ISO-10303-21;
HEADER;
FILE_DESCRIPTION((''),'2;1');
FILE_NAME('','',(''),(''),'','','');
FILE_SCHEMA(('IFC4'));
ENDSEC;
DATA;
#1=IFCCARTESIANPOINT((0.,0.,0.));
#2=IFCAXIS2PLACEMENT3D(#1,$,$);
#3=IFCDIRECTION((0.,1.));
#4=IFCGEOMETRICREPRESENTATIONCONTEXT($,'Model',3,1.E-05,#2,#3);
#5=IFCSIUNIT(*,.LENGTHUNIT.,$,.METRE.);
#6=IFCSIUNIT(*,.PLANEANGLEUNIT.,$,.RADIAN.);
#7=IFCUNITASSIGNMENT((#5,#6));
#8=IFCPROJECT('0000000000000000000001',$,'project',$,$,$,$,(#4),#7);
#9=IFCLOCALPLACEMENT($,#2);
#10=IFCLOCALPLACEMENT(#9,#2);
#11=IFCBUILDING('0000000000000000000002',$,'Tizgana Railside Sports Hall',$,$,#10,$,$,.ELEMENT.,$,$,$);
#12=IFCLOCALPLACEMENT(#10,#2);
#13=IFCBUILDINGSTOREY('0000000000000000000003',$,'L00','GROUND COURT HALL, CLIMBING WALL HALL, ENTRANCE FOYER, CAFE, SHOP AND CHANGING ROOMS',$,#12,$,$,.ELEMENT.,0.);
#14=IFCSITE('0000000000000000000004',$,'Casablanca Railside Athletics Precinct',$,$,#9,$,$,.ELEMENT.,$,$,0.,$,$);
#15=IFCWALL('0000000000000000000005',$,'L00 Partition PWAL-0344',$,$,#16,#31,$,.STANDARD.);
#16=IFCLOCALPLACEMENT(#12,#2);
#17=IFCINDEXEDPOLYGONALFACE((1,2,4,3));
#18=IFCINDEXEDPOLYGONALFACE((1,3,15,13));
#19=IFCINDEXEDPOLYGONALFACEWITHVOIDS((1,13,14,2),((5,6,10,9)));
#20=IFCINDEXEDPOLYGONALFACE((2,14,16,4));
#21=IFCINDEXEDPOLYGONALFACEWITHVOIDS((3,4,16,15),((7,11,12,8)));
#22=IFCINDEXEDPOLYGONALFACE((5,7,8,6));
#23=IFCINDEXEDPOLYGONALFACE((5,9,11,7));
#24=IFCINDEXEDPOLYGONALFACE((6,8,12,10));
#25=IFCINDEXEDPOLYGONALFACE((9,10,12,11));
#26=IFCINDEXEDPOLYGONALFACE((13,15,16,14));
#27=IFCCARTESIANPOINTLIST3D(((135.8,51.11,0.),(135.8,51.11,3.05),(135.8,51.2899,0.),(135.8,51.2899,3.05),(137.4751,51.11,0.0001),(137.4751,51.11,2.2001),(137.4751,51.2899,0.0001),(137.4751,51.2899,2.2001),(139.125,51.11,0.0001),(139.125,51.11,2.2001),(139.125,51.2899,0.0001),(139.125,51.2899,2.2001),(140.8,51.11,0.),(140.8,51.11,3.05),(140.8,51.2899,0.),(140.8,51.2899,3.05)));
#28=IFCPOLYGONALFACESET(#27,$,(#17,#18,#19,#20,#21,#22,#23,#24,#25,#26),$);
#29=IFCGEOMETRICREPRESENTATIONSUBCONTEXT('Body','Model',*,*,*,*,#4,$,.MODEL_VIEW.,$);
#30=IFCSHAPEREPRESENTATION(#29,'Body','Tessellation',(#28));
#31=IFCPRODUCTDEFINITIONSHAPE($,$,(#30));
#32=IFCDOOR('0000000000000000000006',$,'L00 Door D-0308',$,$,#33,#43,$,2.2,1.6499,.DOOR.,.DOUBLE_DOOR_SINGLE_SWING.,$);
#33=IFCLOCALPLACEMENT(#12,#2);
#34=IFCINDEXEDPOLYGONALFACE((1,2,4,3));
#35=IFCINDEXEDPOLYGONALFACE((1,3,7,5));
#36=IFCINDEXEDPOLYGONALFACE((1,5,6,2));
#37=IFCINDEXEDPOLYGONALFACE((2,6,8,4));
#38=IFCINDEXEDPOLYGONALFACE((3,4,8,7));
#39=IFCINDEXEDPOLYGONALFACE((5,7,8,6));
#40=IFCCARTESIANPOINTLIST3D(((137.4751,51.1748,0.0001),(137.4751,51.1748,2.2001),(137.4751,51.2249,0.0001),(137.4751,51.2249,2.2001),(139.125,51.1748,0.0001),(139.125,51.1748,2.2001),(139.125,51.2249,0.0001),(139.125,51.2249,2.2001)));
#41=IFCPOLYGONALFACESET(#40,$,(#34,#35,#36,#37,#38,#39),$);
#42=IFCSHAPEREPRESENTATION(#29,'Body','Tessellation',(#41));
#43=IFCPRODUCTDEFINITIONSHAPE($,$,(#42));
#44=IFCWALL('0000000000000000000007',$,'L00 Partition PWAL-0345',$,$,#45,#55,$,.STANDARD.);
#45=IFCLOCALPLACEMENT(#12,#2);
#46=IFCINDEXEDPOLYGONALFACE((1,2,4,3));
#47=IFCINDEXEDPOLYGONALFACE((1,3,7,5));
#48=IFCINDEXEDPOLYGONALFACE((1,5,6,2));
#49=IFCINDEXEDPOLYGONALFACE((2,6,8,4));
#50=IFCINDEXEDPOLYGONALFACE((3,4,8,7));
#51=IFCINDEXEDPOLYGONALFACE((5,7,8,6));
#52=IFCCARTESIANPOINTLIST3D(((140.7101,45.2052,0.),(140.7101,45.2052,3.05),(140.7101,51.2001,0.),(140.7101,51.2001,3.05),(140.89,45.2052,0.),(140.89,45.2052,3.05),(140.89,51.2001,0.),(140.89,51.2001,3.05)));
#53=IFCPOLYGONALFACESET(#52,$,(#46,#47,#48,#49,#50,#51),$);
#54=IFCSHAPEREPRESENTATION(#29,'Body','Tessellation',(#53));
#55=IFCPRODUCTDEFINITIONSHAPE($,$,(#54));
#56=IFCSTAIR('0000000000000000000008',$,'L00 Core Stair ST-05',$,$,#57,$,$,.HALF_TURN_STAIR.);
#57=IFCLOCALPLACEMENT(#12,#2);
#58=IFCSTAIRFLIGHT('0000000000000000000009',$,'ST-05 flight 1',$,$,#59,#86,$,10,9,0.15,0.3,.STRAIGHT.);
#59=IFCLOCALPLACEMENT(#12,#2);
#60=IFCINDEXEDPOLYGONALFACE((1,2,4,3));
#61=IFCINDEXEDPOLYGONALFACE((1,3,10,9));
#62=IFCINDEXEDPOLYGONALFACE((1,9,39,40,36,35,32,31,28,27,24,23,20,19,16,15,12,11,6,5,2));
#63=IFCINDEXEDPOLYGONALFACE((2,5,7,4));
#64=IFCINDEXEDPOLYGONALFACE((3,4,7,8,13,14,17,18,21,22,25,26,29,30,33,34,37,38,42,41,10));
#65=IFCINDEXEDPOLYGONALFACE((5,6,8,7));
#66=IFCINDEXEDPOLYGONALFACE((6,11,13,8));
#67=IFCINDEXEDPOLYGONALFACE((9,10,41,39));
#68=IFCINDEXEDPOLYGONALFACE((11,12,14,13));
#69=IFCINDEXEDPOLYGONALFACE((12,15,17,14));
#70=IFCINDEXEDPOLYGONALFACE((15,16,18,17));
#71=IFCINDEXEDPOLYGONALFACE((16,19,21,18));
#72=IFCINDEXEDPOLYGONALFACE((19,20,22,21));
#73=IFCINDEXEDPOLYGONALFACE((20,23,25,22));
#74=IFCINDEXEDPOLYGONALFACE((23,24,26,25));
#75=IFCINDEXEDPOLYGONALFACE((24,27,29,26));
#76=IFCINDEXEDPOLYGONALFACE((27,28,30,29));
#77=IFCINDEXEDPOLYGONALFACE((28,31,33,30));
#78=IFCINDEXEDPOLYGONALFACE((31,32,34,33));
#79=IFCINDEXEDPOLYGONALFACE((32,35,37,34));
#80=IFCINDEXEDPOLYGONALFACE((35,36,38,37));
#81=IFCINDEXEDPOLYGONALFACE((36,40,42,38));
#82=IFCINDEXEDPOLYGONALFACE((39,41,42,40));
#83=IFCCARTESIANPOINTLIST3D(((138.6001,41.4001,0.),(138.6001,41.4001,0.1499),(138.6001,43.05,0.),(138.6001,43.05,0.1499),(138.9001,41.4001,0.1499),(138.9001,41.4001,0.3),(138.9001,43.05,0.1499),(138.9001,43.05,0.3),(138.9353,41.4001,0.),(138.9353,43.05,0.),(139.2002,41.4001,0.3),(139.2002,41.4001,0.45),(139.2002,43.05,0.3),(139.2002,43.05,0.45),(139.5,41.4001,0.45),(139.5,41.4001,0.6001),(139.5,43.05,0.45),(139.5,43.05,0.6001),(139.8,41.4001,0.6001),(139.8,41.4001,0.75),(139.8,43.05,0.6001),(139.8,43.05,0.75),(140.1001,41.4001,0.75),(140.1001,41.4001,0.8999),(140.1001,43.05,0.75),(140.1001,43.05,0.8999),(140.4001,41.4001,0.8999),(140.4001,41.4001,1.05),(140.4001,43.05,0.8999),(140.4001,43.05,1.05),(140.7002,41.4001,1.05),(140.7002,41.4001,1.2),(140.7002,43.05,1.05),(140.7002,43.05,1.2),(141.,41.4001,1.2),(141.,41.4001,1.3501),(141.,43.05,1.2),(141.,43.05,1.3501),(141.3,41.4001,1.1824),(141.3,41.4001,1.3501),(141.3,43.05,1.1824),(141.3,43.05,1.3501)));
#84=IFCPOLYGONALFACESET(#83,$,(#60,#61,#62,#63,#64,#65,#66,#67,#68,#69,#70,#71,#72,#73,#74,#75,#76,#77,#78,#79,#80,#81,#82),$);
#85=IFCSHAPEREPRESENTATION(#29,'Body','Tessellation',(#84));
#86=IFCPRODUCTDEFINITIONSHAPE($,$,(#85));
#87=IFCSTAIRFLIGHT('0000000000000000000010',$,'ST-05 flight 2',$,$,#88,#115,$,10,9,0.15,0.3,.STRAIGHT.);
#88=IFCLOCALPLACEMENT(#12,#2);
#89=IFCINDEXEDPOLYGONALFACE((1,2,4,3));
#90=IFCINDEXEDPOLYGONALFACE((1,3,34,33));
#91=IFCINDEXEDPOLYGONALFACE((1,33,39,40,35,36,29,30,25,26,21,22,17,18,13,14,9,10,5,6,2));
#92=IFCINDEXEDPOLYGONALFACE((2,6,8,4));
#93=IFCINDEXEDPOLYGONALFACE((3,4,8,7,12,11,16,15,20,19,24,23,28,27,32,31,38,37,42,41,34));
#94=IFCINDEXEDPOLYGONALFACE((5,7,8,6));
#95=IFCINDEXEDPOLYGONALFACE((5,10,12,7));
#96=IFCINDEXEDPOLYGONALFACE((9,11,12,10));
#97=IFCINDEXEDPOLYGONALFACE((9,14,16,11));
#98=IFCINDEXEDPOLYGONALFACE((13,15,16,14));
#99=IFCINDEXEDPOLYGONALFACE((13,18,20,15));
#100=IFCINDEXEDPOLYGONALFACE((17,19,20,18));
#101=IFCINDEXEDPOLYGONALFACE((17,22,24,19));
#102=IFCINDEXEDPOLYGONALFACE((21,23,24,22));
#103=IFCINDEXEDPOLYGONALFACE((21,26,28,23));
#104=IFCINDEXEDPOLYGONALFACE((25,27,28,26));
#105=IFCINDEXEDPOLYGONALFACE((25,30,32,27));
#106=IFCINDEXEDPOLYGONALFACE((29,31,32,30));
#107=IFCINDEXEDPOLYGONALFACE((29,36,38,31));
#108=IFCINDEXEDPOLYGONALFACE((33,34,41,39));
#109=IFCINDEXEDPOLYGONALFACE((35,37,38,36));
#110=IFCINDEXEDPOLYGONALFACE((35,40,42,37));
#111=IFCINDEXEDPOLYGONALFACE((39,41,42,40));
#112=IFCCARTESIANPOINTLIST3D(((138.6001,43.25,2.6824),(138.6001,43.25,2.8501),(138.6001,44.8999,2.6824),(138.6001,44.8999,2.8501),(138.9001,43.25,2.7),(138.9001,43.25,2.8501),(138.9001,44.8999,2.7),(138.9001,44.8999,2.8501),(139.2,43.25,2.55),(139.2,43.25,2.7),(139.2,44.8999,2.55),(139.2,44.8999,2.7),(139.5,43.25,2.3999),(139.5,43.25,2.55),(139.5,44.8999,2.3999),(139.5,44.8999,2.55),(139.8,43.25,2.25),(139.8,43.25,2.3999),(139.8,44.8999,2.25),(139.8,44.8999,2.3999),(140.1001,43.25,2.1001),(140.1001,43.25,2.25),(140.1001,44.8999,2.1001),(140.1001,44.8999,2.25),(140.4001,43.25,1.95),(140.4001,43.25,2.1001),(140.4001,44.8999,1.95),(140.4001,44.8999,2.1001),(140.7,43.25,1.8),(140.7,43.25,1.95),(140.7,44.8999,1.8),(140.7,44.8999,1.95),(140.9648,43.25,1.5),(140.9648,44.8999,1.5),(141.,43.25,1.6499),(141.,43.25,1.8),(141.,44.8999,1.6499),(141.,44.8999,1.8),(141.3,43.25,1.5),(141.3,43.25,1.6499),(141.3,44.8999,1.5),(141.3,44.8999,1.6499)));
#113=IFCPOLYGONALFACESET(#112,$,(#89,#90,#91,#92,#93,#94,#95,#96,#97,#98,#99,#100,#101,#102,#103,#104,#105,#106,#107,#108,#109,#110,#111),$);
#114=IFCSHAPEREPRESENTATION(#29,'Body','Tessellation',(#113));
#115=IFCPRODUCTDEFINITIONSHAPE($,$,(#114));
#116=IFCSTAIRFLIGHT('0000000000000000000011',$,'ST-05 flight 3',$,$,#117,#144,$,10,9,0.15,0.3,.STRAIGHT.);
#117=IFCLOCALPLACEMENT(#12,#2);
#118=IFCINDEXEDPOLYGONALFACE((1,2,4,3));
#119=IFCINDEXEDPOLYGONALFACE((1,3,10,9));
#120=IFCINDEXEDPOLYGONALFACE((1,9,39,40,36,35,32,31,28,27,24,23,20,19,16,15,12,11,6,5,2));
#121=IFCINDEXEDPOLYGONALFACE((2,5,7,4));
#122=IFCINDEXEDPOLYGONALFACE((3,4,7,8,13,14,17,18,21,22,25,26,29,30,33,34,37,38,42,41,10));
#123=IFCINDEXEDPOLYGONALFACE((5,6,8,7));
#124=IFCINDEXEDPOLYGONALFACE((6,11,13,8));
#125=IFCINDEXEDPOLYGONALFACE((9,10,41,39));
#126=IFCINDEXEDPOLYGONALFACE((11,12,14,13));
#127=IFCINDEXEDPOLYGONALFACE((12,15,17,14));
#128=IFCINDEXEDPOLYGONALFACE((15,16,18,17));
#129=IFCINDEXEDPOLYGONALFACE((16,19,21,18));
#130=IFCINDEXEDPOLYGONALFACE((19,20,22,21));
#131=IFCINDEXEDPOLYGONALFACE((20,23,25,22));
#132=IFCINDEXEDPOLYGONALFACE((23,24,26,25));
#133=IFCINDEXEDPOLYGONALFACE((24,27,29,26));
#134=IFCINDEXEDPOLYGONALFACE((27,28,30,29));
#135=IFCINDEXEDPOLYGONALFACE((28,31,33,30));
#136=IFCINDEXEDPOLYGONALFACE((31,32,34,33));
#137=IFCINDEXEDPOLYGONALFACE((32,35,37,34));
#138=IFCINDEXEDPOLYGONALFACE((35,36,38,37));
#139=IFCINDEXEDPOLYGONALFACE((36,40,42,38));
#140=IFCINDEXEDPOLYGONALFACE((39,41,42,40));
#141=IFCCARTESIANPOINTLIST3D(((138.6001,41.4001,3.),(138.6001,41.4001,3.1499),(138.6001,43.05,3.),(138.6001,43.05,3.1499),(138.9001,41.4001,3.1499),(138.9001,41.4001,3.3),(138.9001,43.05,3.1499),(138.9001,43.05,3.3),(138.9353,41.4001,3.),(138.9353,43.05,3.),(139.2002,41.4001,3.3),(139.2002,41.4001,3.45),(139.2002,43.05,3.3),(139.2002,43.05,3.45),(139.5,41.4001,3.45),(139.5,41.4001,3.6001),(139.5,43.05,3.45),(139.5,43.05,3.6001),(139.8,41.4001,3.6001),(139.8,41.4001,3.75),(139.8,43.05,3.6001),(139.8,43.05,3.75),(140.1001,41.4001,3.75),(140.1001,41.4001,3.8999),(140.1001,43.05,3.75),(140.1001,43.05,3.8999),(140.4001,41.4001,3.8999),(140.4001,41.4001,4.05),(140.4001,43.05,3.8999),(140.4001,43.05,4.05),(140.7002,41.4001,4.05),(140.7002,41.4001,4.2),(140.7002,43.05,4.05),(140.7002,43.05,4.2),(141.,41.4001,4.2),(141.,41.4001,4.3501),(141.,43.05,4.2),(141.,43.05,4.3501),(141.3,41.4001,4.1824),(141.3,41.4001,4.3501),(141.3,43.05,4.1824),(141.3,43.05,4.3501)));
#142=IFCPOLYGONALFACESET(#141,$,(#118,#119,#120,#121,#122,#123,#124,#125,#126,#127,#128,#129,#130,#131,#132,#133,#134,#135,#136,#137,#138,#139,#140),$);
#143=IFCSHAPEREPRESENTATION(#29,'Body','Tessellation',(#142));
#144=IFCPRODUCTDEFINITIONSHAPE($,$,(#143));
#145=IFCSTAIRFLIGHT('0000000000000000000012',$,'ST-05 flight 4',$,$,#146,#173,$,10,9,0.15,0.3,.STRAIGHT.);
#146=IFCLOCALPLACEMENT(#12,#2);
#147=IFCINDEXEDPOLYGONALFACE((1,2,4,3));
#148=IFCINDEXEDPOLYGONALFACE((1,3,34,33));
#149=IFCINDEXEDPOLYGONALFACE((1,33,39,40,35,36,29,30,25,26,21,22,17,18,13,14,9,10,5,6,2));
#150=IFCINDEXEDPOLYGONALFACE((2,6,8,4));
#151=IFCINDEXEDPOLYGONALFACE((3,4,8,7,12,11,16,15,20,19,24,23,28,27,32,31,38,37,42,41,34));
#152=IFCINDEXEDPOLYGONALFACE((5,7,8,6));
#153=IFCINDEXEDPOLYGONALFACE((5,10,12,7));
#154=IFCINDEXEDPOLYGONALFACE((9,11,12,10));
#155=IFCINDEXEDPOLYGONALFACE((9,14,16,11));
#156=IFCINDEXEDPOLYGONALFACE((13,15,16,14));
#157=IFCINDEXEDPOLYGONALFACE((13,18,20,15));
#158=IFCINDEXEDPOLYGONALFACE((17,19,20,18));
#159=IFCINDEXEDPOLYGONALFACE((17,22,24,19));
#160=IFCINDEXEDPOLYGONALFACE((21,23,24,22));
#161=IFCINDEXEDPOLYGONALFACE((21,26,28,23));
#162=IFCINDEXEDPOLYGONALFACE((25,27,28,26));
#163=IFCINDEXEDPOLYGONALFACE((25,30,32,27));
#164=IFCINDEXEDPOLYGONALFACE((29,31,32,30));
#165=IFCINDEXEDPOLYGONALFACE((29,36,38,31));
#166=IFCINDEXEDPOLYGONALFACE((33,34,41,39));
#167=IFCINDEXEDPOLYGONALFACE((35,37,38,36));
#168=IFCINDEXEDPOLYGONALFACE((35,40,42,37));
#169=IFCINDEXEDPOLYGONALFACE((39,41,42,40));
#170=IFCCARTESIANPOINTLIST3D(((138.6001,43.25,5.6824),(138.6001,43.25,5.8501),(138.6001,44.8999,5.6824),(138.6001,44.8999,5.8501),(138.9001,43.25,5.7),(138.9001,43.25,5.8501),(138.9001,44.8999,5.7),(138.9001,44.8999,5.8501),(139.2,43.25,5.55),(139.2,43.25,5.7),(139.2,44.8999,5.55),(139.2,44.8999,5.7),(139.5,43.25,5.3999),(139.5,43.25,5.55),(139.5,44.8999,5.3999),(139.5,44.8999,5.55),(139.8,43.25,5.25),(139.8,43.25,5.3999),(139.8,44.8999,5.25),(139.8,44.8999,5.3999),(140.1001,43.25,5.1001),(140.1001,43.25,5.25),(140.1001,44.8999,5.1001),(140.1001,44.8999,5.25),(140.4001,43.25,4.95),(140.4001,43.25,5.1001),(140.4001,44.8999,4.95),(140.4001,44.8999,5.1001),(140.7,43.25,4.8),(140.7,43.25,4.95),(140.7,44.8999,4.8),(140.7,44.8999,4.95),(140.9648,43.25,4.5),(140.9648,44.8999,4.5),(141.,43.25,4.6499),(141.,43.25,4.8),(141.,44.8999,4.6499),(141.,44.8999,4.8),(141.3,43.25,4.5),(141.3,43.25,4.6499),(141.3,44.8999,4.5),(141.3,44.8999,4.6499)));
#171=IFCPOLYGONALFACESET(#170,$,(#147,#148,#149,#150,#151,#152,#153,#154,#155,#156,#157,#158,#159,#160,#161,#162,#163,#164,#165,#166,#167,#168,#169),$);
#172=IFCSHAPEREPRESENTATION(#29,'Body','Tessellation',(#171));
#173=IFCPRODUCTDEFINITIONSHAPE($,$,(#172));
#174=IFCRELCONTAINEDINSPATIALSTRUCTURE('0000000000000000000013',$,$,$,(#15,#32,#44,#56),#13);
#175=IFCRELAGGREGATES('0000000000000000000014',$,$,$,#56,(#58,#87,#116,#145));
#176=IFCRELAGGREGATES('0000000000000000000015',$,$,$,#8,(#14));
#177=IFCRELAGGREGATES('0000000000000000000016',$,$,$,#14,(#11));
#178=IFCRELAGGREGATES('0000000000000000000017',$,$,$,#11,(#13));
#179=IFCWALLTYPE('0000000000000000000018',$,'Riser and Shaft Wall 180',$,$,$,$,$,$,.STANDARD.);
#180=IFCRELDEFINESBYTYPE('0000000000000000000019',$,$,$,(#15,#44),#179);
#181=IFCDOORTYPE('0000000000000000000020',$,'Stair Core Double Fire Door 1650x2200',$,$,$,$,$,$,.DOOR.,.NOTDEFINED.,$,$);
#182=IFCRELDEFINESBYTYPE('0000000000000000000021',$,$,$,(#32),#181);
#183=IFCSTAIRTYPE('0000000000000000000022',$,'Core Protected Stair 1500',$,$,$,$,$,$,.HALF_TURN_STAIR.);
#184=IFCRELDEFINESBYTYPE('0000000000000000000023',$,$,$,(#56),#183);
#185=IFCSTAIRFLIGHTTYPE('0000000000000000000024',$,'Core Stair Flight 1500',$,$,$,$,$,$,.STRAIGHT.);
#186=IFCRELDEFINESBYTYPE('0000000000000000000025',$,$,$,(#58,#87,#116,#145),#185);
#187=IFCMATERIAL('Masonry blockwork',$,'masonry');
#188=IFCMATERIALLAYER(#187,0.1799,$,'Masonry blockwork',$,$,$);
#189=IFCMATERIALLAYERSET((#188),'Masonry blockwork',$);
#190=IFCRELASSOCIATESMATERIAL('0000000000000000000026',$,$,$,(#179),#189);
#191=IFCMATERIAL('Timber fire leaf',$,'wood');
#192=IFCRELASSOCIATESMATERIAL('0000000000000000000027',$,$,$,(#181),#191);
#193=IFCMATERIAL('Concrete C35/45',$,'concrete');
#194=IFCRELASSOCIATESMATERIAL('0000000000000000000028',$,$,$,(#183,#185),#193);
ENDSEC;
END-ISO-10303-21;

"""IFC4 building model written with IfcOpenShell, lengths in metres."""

from ifc_helpers import new_model, si_unit, direction, frame, frame_2d, origin, place, context, subcontext, project, spatial, polyline, rectangle, outline, extrude, material, layer, layer_set, type_object, element, fill, aggregate, save


model = new_model("IFC4")

# Units and contexts
model_context = context("Model", 3, precision=1e-05, world=origin(), true_north=direction((0.0, 1.0)))
body_context = subcontext(model_context, "Body", "Model", "MODEL_VIEW")
ifc_project = project(units=[si_unit("LENGTHUNIT", "METRE"), si_unit("PLANEANGLEUNIT", "RADIAN")], contexts=[model_context])

# Site, building, storey
site_placement = place(None, origin())
site = spatial("IfcSite", under=ifc_project, at=site_placement, Name="Casablanca Railside Athletics Precinct", CompositionType="ELEMENT", RefElevation=0.0)
building_placement = place(site_placement, origin())
building = spatial("IfcBuilding", under=site, at=building_placement, Name="Tizgana Railside Sports Hall", CompositionType="ELEMENT")
storey_placement = place(building_placement, origin())
storey = spatial("IfcBuildingStorey", under=building, at=storey_placement, Name="L00", Description="GROUND COURT HALL, CLIMBING WALL HALL, ENTRANCE FOYER, CAFE, SHOP AND CHANGING ROOMS", CompositionType="ELEMENT", Elevation=0.0)

# Wall, opening, door
ifc_material_1 = material(Name="Masonry blockwork", Category="masonry")
ifc_layer_1 = layer(ifc_material_1, 0.1799, Name="Masonry blockwork")
ifc_layer_set_1 = layer_set([ifc_layer_1], Name="Masonry blockwork")
wall_type_1 = type_object("IfcWallType", Name="Riser and Shaft Wall 180", PredefinedType="STANDARD", material=ifc_layer_set_1)
wall_1_placement = place(storey_placement, frame((135.8, 51.2, 0.0), z_axis=(0.0, 0.0, 1.0), x_axis=(1.0, 0.0, 0.0)))
wall_1 = element("IfcWall", 1, at=wall_1_placement, inside=storey, type_object=wall_type_1, Name="L00 Partition PWAL-0344", PredefinedType="STANDARD", context=body_context, shape_type="SweptSolid", body=[
    extrude(rectangle(XDim=5.0, YDim=0.1799, at=frame_2d((2.5, 0.0))), origin(), (0.0, 0.0, 1.0), 3.05),
])
opening_1_placement = place(wall_1_placement, frame((1.675, 0.0, 0.0)))
opening_1 = element("IfcOpeningElement", 2, at=opening_1_placement, cuts=wall_1, PredefinedType="OPENING", context=body_context, shape_type="SweptSolid", body=[
    extrude(rectangle(XDim=1.6499, YDim=2.2, at=frame_2d((0.825, 1.1001))), frame((0.0, 0.0999, 0.0), z_axis=(0.0, -1.0, 0.0), x_axis=(1.0, 0.0, 0.0)), (0.0, 0.0, 1.0), 0.2),
])
ifc_material_2 = material(Name="Timber fire leaf", Category="wood")
door_type_1 = type_object("IfcDoorType", Name="Stair Core Double Fire Door 1650x2200", OperationType="NOTDEFINED", PredefinedType="DOOR", material=ifc_material_2)
door_1_placement = place(opening_1_placement, origin())
door_1 = element("IfcDoor", 3, at=door_1_placement, inside=storey, type_object=door_type_1, Name="L00 Door D-0308", OperationType="DOUBLE_DOOR_SINGLE_SWING", OverallHeight=2.2, OverallWidth=1.6499, PredefinedType="DOOR", context=body_context, shape_type="SweptSolid", body=[
    extrude(rectangle(XDim=1.6499, YDim=2.2, at=frame_2d((0.825, 1.1001))), frame((0.0, 0.0249, 0.0), z_axis=(0.0, -1.0, 0.0), x_axis=(1.0, 0.0, 0.0)), (0.0, 0.0, 1.0), 0.05),
])
fill(opening_1, door_1)

# Wall
wall_2_placement = place(storey_placement, frame((140.8, 45.2051, 0.0), z_axis=(0.0, 0.0, 1.0), x_axis=(0.0, 1.0, 0.0)))
element("IfcWall", 4, at=wall_2_placement, inside=storey, type_object=wall_type_1, Name="L00 Partition PWAL-0345", PredefinedType="STANDARD", context=body_context, shape_type="SweptSolid", body=[
    extrude(rectangle(XDim=5.9949, YDim=0.1799, at=frame_2d((2.9976, 0.0))), origin(), (0.0, 0.0, 1.0), 3.05),
])

# Stair, stair flights
ifc_material_3 = material(Name="Concrete C35/45", Category="concrete")
stair_type = type_object("IfcStairType", Name="Core Protected Stair 1500", PredefinedType="HALF_TURN_STAIR", material=ifc_material_3)
stair_placement = place(storey_placement, origin())
stair = element("IfcStair", 5, at=stair_placement, inside=storey, type_object=stair_type, Name="L00 Core Stair ST-05", PredefinedType="HALF_TURN_STAIR")
stair_flight_type = type_object("IfcStairFlightType", Name="Core Stair Flight 1500", PredefinedType="STRAIGHT", material=ifc_material_3)
stair_flight_1_placement = place(storey_placement, frame((138.6001, 42.2251, 0.0), z_axis=(0.0, 0.0, 1.0), x_axis=(1.0, 0.0, 0.0)))
stair_flight_1 = element("IfcStairFlight", 6, at=stair_flight_1_placement, type_object=stair_flight_type, Name="ST-05 flight 1", NumberOfRisers=10, NumberOfTreads=9, PredefinedType="STRAIGHT", RiserHeight=0.15, TreadLength=0.3, context=body_context, shape_type="SweptSolid", body=[
    extrude(outline(polyline([(0.0, 0.0), (0.0, 0.1499), (0.3, 0.1499), (0.3, 0.3), (0.6001, 0.3), (0.6001, 0.45), (0.8999, 0.45), (0.8999, 0.6001), (1.2, 0.6001), (1.2, 0.75), (1.5, 0.75), (1.5, 0.8999), (1.8, 0.8999), (1.8, 1.05), (2.1001, 1.05), (2.1001, 1.2), (2.3999, 1.2), (2.3999, 1.3501), (2.7, 1.3501), (2.7, 1.5), (2.7, 1.1824), (0.3352, 0.0), (0.0, 0.0)])), frame((0.0, 0.825, 0.0), z_axis=(0.0, -1.0, 0.0), x_axis=(1.0, 0.0, 0.0)), (0.0, 0.0, 1.0), 1.6499),
])
stair_flight_2_placement = place(storey_placement, frame((141.3, 44.075, 1.5), z_axis=(0.0, 0.0, 1.0), x_axis=(-1.0, 0.0, 0.0)))
stair_flight_2 = element("IfcStairFlight", 7, at=stair_flight_2_placement, type_object=stair_flight_type, Name="ST-05 flight 2", NumberOfRisers=10, NumberOfTreads=9, PredefinedType="STRAIGHT", RiserHeight=0.15, TreadLength=0.3, context=body_context, shape_type="SweptSolid", body=[
    extrude(outline(polyline([(0.0, 0.0), (0.0, 0.1499), (0.3, 0.1499), (0.3, 0.3), (0.6001, 0.3), (0.6001, 0.45), (0.8999, 0.45), (0.8999, 0.6001), (1.2, 0.6001), (1.2, 0.75), (1.5, 0.75), (1.5, 0.8999), (1.8, 0.8999), (1.8, 1.05), (2.1001, 1.05), (2.1001, 1.2), (2.3999, 1.2), (2.3999, 1.3501), (2.7, 1.3501), (2.7, 1.5), (2.7, 1.1824), (0.3352, 0.0), (0.0, 0.0)])), frame((0.0, 0.825, 0.0), z_axis=(0.0, -1.0, 0.0), x_axis=(1.0, 0.0, 0.0)), (0.0, 0.0, 1.0), 1.6499),
])
stair_flight_3_placement = place(storey_placement, frame((138.6001, 42.2251, 3.0), z_axis=(0.0, 0.0, 1.0), x_axis=(1.0, 0.0, 0.0)))
stair_flight_3 = element("IfcStairFlight", 8, at=stair_flight_3_placement, type_object=stair_flight_type, Name="ST-05 flight 3", NumberOfRisers=10, NumberOfTreads=9, PredefinedType="STRAIGHT", RiserHeight=0.15, TreadLength=0.3, context=body_context, shape_type="SweptSolid", body=[
    extrude(outline(polyline([(0.0, 0.0), (0.0, 0.1499), (0.3, 0.1499), (0.3, 0.3), (0.6001, 0.3), (0.6001, 0.45), (0.8999, 0.45), (0.8999, 0.6001), (1.2, 0.6001), (1.2, 0.75), (1.5, 0.75), (1.5, 0.8999), (1.8, 0.8999), (1.8, 1.05), (2.1001, 1.05), (2.1001, 1.2), (2.3999, 1.2), (2.3999, 1.3501), (2.7, 1.3501), (2.7, 1.5), (2.7, 1.1824), (0.3352, 0.0), (0.0, 0.0)])), frame((0.0, 0.825, 0.0), z_axis=(0.0, -1.0, 0.0), x_axis=(1.0, 0.0, 0.0)), (0.0, 0.0, 1.0), 1.6499),
])
stair_flight_4_placement = place(storey_placement, frame((141.3, 44.075, 4.5), z_axis=(0.0, 0.0, 1.0), x_axis=(-1.0, 0.0, 0.0)))
stair_flight_4 = element("IfcStairFlight", 9, at=stair_flight_4_placement, type_object=stair_flight_type, Name="ST-05 flight 4", NumberOfRisers=10, NumberOfTreads=9, PredefinedType="STRAIGHT", RiserHeight=0.15, TreadLength=0.3, context=body_context, shape_type="SweptSolid", body=[
    extrude(outline(polyline([(0.0, 0.0), (0.0, 0.1499), (0.3, 0.1499), (0.3, 0.3), (0.6001, 0.3), (0.6001, 0.45), (0.8999, 0.45), (0.8999, 0.6001), (1.2, 0.6001), (1.2, 0.75), (1.5, 0.75), (1.5, 0.8999), (1.8, 0.8999), (1.8, 1.05), (2.1001, 1.05), (2.1001, 1.2), (2.3999, 1.2), (2.3999, 1.3501), (2.7, 1.3501), (2.7, 1.5), (2.7, 1.1824), (0.3352, 0.0), (0.0, 0.0)])), frame((0.0, 0.825, 0.0), z_axis=(0.0, -1.0, 0.0), x_axis=(1.0, 0.0, 0.0)), (0.0, 0.0, 1.0), 1.6499),
])
aggregate(stair, [stair_flight_1, stair_flight_2, stair_flight_3, stair_flight_4])

save(model, "model.ifc")
